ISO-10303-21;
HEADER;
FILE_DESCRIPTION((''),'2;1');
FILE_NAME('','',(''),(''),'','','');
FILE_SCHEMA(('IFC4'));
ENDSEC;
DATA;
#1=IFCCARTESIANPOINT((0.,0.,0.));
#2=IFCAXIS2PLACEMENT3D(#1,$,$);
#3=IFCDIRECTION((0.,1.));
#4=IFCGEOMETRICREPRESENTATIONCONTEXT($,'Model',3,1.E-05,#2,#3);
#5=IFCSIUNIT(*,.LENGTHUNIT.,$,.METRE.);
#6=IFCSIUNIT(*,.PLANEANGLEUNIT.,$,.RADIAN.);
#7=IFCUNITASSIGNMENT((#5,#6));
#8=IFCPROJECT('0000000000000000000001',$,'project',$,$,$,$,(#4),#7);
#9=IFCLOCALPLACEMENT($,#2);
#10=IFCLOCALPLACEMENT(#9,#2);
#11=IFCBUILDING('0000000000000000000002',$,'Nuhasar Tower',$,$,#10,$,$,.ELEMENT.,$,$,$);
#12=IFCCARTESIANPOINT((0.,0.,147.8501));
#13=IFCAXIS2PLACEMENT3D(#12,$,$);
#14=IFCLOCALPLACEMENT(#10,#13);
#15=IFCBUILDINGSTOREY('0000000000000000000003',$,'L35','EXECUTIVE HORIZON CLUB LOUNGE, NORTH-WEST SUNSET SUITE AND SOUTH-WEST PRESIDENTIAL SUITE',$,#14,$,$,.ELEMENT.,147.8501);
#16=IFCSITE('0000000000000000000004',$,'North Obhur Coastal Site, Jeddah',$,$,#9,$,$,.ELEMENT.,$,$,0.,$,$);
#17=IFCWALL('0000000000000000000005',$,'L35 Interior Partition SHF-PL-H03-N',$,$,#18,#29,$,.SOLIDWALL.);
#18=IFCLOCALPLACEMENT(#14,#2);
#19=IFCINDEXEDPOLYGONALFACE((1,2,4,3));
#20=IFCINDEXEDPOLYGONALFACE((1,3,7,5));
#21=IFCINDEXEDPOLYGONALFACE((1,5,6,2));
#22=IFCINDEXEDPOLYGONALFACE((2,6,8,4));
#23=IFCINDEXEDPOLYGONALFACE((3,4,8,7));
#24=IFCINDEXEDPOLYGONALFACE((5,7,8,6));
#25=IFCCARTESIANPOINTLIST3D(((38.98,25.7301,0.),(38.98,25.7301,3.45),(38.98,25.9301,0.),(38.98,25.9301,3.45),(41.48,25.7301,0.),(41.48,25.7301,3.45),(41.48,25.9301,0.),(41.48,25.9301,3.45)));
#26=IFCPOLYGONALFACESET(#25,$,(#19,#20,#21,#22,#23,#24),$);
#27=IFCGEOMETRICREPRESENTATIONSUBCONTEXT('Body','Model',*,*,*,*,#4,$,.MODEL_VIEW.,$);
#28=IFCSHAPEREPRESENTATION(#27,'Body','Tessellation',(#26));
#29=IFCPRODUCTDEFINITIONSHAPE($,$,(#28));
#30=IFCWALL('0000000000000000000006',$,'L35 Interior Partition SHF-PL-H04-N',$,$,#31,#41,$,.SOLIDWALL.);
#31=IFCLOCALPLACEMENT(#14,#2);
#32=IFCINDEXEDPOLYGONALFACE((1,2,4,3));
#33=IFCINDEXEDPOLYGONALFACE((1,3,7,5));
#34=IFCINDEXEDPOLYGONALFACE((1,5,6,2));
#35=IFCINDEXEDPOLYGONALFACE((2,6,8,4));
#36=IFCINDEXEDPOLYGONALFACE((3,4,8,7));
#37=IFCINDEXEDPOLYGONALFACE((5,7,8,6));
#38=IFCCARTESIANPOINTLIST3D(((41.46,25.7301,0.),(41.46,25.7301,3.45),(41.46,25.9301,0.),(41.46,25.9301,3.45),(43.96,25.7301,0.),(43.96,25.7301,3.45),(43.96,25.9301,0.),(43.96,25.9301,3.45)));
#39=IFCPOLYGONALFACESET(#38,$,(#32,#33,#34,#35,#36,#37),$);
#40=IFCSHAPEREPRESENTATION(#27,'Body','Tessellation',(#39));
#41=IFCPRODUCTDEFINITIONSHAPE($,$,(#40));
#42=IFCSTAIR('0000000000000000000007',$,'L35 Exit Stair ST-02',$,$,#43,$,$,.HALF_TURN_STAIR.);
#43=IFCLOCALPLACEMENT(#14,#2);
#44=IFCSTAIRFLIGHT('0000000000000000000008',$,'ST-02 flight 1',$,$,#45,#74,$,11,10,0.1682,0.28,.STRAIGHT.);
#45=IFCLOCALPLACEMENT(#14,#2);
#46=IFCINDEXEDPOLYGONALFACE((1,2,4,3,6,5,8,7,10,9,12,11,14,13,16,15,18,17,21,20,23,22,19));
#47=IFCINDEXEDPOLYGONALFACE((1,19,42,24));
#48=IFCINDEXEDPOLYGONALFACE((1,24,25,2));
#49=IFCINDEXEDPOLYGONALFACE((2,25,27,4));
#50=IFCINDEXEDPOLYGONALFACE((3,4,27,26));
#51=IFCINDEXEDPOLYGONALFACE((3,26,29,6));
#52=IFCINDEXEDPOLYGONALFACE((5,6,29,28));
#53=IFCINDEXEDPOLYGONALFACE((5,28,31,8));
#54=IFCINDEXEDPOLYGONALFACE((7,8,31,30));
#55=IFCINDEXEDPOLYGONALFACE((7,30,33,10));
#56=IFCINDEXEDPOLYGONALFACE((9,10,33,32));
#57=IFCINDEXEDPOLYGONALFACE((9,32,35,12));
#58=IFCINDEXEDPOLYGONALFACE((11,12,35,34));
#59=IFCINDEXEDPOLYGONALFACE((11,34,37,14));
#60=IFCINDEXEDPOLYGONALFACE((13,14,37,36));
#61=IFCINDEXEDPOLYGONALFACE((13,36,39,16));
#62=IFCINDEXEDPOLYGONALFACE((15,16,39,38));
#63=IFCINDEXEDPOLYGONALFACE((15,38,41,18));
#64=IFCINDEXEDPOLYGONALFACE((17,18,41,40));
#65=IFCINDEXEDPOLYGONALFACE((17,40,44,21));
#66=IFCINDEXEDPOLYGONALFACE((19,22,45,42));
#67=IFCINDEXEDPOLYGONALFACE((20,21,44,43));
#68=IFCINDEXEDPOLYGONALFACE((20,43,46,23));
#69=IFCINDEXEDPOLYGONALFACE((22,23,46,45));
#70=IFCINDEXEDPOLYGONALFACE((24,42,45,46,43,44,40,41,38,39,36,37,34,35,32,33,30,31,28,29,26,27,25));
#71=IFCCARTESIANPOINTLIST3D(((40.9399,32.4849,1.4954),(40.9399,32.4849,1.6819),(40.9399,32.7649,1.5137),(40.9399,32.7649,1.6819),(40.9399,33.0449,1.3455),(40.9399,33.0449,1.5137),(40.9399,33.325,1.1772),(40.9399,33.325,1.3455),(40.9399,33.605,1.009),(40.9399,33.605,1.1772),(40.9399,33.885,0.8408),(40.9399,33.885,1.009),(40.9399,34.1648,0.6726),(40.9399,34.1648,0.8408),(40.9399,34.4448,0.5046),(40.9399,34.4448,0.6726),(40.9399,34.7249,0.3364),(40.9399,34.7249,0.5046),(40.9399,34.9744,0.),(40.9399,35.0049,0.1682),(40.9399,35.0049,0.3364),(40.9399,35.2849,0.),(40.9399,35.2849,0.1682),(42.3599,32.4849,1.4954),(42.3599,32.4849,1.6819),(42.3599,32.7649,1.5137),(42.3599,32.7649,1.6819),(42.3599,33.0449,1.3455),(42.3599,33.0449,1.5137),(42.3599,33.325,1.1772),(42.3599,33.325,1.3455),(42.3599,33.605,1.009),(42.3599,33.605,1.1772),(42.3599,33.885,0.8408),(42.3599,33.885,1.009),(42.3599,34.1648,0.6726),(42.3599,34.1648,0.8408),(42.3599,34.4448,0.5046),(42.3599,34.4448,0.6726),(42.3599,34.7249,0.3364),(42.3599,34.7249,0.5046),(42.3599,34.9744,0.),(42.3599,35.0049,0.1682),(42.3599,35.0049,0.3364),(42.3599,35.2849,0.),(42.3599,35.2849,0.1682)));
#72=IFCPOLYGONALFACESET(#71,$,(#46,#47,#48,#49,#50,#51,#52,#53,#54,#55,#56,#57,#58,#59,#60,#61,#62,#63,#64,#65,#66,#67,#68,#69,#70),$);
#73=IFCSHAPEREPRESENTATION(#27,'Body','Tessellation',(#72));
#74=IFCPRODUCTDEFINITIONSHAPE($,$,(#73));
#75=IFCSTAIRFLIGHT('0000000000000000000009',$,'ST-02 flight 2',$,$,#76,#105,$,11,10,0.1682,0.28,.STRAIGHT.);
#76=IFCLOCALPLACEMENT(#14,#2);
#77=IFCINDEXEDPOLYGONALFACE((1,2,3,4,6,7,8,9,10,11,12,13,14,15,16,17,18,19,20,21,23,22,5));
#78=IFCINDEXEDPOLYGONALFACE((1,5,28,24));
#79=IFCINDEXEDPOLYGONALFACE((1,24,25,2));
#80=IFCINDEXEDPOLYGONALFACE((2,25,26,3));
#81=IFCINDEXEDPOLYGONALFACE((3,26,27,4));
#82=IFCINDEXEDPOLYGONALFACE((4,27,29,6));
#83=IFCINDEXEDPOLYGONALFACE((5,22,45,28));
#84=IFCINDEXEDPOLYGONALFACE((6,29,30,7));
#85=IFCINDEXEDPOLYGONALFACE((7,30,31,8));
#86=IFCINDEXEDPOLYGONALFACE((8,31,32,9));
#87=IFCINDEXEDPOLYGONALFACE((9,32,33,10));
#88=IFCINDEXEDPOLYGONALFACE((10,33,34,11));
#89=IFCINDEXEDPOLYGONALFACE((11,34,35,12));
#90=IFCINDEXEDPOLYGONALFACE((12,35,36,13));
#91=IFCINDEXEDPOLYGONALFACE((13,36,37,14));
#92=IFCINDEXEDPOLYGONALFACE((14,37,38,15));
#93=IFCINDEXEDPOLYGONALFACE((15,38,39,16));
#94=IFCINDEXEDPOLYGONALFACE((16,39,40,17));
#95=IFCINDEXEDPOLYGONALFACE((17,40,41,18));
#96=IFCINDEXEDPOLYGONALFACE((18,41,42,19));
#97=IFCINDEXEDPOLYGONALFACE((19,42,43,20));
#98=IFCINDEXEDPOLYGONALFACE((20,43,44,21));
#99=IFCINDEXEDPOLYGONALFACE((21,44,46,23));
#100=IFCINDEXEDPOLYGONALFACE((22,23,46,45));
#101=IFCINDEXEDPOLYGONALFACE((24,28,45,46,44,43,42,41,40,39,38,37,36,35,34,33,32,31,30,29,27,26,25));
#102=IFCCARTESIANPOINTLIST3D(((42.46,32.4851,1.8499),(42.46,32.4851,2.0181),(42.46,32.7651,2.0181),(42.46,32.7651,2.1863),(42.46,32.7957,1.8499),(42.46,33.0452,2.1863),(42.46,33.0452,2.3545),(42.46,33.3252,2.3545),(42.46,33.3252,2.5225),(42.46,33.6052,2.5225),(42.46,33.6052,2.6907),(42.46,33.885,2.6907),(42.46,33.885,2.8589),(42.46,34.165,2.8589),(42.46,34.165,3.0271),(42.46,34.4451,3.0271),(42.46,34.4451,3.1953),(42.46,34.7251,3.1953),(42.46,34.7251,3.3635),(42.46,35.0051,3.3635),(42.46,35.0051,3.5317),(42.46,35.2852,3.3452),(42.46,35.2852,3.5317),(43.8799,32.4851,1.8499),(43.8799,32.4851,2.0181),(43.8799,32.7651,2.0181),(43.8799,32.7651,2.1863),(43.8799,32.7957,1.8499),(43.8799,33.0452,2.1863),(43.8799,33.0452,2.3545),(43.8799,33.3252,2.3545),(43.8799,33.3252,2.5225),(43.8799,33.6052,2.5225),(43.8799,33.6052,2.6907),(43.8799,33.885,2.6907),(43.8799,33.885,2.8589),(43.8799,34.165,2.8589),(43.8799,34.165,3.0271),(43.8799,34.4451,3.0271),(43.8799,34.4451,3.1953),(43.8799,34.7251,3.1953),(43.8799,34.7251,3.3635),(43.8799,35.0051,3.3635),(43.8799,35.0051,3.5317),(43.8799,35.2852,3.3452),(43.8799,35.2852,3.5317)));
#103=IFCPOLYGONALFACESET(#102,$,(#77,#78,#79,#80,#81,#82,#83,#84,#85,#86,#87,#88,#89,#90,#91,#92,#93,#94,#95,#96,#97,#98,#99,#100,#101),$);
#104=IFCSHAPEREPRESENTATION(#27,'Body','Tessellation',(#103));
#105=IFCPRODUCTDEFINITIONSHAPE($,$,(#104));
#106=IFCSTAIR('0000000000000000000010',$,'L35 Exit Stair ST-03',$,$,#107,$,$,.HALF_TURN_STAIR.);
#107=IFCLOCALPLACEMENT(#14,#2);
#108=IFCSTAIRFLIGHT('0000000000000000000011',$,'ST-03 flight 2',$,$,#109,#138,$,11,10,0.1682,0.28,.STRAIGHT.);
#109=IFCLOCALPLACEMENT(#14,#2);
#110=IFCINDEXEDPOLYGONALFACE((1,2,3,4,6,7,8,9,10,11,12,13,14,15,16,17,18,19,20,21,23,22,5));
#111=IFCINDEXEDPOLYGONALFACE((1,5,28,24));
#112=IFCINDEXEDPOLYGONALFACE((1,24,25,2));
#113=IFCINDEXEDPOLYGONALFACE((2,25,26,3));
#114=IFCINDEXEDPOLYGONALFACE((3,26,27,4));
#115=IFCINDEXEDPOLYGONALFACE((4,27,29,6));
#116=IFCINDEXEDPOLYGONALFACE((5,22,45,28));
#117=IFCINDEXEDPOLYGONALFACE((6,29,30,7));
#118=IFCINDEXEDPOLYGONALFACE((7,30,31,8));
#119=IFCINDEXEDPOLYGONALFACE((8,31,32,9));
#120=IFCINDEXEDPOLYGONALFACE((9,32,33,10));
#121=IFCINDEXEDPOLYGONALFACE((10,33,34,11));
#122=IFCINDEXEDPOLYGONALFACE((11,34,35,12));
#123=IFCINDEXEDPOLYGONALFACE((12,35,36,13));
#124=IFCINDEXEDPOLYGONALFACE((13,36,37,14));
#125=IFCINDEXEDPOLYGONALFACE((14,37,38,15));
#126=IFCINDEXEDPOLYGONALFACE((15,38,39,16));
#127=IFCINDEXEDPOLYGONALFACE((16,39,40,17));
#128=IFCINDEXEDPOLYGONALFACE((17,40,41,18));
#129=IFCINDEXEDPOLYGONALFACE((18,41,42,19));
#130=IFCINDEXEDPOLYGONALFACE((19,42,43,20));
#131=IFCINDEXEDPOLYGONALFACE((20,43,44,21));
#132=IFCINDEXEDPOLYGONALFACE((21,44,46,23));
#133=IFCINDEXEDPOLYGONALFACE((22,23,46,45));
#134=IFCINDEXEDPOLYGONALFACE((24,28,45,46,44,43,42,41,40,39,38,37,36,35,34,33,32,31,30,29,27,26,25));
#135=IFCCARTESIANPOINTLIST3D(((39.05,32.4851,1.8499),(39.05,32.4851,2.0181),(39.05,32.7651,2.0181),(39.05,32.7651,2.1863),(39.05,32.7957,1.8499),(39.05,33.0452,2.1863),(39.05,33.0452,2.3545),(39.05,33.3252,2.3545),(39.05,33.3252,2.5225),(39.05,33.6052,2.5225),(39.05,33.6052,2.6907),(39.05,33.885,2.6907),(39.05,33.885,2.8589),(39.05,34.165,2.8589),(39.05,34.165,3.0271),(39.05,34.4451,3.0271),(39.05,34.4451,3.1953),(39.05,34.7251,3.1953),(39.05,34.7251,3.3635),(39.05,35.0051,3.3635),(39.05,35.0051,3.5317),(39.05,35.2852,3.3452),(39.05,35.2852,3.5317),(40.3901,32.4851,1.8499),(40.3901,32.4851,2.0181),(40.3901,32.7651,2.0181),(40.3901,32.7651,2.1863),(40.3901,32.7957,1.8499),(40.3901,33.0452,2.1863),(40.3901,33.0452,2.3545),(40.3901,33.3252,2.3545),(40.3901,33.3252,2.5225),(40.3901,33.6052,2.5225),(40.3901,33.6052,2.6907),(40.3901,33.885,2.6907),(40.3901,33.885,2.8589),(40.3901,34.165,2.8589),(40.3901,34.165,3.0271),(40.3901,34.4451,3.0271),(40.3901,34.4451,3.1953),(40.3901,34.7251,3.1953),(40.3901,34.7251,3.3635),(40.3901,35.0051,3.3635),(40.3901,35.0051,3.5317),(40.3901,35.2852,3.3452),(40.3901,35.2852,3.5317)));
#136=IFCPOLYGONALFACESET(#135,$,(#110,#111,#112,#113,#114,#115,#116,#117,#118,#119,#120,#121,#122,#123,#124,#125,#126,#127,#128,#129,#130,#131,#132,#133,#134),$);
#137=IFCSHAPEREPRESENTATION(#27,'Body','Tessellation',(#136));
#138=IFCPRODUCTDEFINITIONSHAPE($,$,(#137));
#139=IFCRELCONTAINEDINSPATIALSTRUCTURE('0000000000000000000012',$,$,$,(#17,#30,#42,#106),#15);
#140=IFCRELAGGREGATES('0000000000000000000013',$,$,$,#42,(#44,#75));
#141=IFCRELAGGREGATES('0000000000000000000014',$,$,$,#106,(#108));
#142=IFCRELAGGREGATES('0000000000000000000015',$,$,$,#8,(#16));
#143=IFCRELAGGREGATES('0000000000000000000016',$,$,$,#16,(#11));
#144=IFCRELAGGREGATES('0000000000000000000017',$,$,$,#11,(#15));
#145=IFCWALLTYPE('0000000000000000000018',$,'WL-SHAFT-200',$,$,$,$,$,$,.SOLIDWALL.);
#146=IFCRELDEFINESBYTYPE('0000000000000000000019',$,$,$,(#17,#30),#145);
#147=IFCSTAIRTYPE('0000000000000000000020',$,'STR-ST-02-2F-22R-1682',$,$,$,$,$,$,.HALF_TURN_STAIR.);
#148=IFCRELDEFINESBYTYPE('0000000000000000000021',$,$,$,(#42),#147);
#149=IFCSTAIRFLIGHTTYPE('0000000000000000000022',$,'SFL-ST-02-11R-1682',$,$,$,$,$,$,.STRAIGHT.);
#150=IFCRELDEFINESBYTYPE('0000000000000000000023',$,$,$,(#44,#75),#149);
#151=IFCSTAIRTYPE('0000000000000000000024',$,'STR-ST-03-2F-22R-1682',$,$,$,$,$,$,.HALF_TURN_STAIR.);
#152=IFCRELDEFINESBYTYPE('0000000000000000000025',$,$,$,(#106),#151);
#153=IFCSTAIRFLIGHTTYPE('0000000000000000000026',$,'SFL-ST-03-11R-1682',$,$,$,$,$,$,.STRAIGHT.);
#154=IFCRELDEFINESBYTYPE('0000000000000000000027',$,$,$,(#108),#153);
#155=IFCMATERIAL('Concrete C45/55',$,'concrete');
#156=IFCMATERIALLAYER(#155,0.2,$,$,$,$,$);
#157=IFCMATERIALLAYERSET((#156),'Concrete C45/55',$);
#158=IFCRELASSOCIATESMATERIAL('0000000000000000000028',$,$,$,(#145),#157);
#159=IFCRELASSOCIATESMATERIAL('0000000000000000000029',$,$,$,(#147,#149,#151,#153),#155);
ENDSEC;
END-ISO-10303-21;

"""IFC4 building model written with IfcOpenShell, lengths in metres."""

from ifc_helpers import new_model, si_unit, direction, frame, frame_2d, origin, place, context, subcontext, project, spatial, polyline, rectangle, outline, extrude, material, layer, layer_set, type_object, element, aggregate, save


model = new_model("IFC4")

# Units and contexts
model_context = context("Model", 3, precision=1e-05, world=origin(), true_north=direction((0.0, 1.0)))
body_context = subcontext(model_context, "Body", "Model", "MODEL_VIEW")
ifc_project = project(units=[si_unit("LENGTHUNIT", "METRE"), si_unit("PLANEANGLEUNIT", "RADIAN")], contexts=[model_context])

# Site, building, storey
site_placement = place(None, origin())
site = spatial("IfcSite", under=ifc_project, at=site_placement, Name="North Obhur Coastal Site, Jeddah", CompositionType="ELEMENT", RefElevation=0.0)
building_placement = place(site_placement, origin())
building = spatial("IfcBuilding", under=site, at=building_placement, Name="Nuhasar Tower", CompositionType="ELEMENT")
storey_placement = place(building_placement, frame((0.0, 0.0, 147.8501)))
storey = spatial("IfcBuildingStorey", under=building, at=storey_placement, Name="L35", Description="EXECUTIVE HORIZON CLUB LOUNGE, NORTH-WEST SUNSET SUITE AND SOUTH-WEST PRESIDENTIAL SUITE", CompositionType="ELEMENT", Elevation=147.8501)

# Shared definitions
ifc_material_1 = material(Name="Concrete C45/55", Category="concrete")
ifc_layer_1 = layer(ifc_material_1, 0.2)
ifc_layer_set_1 = layer_set([ifc_layer_1], Name="Concrete C45/55")
wall_type_1 = type_object("IfcWallType", Name="WL-SHAFT-200", PredefinedType="SOLIDWALL", material=ifc_layer_set_1)

# Walls
for number, where, z_axis, x_axis, name in (
    (1, (38.98, 25.8301, 0.0), (0.0, 0.0, 1.0), (1.0, 0.0, 0.0), "L35 Interior Partition SHF-PL-H03-N"),
    (2, (41.46, 25.8301, 0.0), (0.0, 0.0, 1.0), (1.0, 0.0, 0.0), "L35 Interior Partition SHF-PL-H04-N"),
):
    element("IfcWall", number, at=place(storey_placement, frame(where, z_axis=z_axis, x_axis=x_axis)), inside=storey, type_object=wall_type_1, Name=name, PredefinedType="SOLIDWALL", context=body_context, shape_type="SweptSolid", body=[
        extrude(rectangle(XDim=2.5, YDim=0.2, at=frame_2d((1.25, 0.0))), origin(), (0.0, 0.0, 1.0), 3.45),
    ])

# Stair, stair flights
stair_type_1 = type_object("IfcStairType", Name="STR-ST-02-2F-22R-1682", PredefinedType="HALF_TURN_STAIR", material=ifc_material_1)
stair_1_placement = place(storey_placement, origin())
stair_1 = element("IfcStair", 3, at=stair_1_placement, inside=storey, type_object=stair_type_1, Name="L35 Exit Stair ST-02", PredefinedType="HALF_TURN_STAIR")
stair_flight_type_1 = type_object("IfcStairFlightType", Name="SFL-ST-02-11R-1682", PredefinedType="STRAIGHT", material=ifc_material_1)
stair_flight_1_placement = place(storey_placement, frame((41.6499, 35.2849, 0.0), z_axis=(0.0, 0.0, 1.0), x_axis=(0.0, -1.0, 0.0)))
stair_flight_1 = element("IfcStairFlight", 4, at=stair_flight_1_placement, type_object=stair_flight_type_1, Name="ST-02 flight 1", NumberOfRisers=11, NumberOfTreads=10, PredefinedType="STRAIGHT", RiserHeight=0.1682, TreadLength=0.28, context=body_context, shape_type="SweptSolid", body=[
    extrude(outline(polyline([(0.0, 0.0), (0.0, 0.1682), (0.28, 0.1682), (0.28, 0.3364), (0.5601, 0.3364), (0.5601, 0.5046), (0.8401, 0.5046), (0.8401, 0.6726), (1.1201, 0.6726), (1.1201, 0.8408), (1.3999, 0.8408), (1.3999, 1.009), (1.6799, 1.009), (1.6799, 1.1772), (1.96, 1.1772), (1.96, 1.3455), (2.24, 1.3455), (2.24, 1.5137), (2.52, 1.5137), (2.52, 1.6819), (2.8, 1.6819), (2.8, 1.8501), (2.8, 1.4954), (0.3105, 0.0), (0.0, 0.0)])), frame((0.0, 0.71, 0.0), z_axis=(0.0, -1.0, 0.0), x_axis=(1.0, 0.0, 0.0)), (0.0, 0.0, 1.0), 1.4199),
])
stair_flight_2_placement = place(storey_placement, frame((43.1699, 32.4851, 1.8499), z_axis=(0.0, 0.0, 1.0), x_axis=(0.0, 1.0, 0.0)))
stair_flight_2 = element("IfcStairFlight", 5, at=stair_flight_2_placement, type_object=stair_flight_type_1, Name="ST-02 flight 2", NumberOfRisers=11, NumberOfTreads=10, PredefinedType="STRAIGHT", RiserHeight=0.1682, TreadLength=0.28, context=body_context, shape_type="SweptSolid", body=[
    extrude(outline(polyline([(0.0, 0.0), (0.0, 0.1682), (0.28, 0.1682), (0.28, 0.3364), (0.5601, 0.3364), (0.5601, 0.5046), (0.8401, 0.5046), (0.8401, 0.6726), (1.1201, 0.6726), (1.1201, 0.8408), (1.3999, 0.8408), (1.3999, 1.009), (1.6799, 1.009), (1.6799, 1.1772), (1.96, 1.1772), (1.96, 1.3455), (2.24, 1.3455), (2.24, 1.5137), (2.52, 1.5137), (2.52, 1.6819), (2.8, 1.6819), (2.8, 1.8501), (2.8, 1.4954), (0.3105, 0.0), (0.0, 0.0)])), frame((0.0, 0.71, 0.0), z_axis=(0.0, -1.0, 0.0), x_axis=(1.0, 0.0, 0.0)), (0.0, 0.0, 1.0), 1.4199),
])
aggregate(stair_1, [stair_flight_1, stair_flight_2])

# Stair, stair flight
stair_type_2 = type_object("IfcStairType", Name="STR-ST-03-2F-22R-1682", PredefinedType="HALF_TURN_STAIR", material=ifc_material_1)
stair_2_placement = place(storey_placement, origin())
stair_2 = element("IfcStair", 6, at=stair_2_placement, inside=storey, type_object=stair_type_2, Name="L35 Exit Stair ST-03", PredefinedType="HALF_TURN_STAIR")
stair_flight_type_2 = type_object("IfcStairFlightType", Name="SFL-ST-03-11R-1682", PredefinedType="STRAIGHT", material=ifc_material_1)
stair_flight_3_placement = place(storey_placement, frame((39.72, 32.4851, 1.8499), z_axis=(0.0, 0.0, 1.0), x_axis=(0.0, 1.0, 0.0)))
stair_flight_3 = element("IfcStairFlight", 7, at=stair_flight_3_placement, type_object=stair_flight_type_2, Name="ST-03 flight 2", NumberOfRisers=11, NumberOfTreads=10, PredefinedType="STRAIGHT", RiserHeight=0.1682, TreadLength=0.28, context=body_context, shape_type="SweptSolid", body=[
    extrude(outline(polyline([(0.0, 0.0), (0.0, 0.1682), (0.28, 0.1682), (0.28, 0.3364), (0.5601, 0.3364), (0.5601, 0.5046), (0.8401, 0.5046), (0.8401, 0.6726), (1.1201, 0.6726), (1.1201, 0.8408), (1.3999, 0.8408), (1.3999, 1.009), (1.6799, 1.009), (1.6799, 1.1772), (1.96, 1.1772), (1.96, 1.3455), (2.24, 1.3455), (2.24, 1.5137), (2.52, 1.5137), (2.52, 1.6819), (2.8, 1.6819), (2.8, 1.8501), (2.8, 1.4954), (0.3105, 0.0), (0.0, 0.0)])), frame((0.0, 0.6699, 0.0), z_axis=(0.0, -1.0, 0.0), x_axis=(1.0, 0.0, 0.0)), (0.0, 0.0, 1.0), 1.3401),
])
aggregate(stair_2, [stair_flight_3])

save(model, "model.ifc")
